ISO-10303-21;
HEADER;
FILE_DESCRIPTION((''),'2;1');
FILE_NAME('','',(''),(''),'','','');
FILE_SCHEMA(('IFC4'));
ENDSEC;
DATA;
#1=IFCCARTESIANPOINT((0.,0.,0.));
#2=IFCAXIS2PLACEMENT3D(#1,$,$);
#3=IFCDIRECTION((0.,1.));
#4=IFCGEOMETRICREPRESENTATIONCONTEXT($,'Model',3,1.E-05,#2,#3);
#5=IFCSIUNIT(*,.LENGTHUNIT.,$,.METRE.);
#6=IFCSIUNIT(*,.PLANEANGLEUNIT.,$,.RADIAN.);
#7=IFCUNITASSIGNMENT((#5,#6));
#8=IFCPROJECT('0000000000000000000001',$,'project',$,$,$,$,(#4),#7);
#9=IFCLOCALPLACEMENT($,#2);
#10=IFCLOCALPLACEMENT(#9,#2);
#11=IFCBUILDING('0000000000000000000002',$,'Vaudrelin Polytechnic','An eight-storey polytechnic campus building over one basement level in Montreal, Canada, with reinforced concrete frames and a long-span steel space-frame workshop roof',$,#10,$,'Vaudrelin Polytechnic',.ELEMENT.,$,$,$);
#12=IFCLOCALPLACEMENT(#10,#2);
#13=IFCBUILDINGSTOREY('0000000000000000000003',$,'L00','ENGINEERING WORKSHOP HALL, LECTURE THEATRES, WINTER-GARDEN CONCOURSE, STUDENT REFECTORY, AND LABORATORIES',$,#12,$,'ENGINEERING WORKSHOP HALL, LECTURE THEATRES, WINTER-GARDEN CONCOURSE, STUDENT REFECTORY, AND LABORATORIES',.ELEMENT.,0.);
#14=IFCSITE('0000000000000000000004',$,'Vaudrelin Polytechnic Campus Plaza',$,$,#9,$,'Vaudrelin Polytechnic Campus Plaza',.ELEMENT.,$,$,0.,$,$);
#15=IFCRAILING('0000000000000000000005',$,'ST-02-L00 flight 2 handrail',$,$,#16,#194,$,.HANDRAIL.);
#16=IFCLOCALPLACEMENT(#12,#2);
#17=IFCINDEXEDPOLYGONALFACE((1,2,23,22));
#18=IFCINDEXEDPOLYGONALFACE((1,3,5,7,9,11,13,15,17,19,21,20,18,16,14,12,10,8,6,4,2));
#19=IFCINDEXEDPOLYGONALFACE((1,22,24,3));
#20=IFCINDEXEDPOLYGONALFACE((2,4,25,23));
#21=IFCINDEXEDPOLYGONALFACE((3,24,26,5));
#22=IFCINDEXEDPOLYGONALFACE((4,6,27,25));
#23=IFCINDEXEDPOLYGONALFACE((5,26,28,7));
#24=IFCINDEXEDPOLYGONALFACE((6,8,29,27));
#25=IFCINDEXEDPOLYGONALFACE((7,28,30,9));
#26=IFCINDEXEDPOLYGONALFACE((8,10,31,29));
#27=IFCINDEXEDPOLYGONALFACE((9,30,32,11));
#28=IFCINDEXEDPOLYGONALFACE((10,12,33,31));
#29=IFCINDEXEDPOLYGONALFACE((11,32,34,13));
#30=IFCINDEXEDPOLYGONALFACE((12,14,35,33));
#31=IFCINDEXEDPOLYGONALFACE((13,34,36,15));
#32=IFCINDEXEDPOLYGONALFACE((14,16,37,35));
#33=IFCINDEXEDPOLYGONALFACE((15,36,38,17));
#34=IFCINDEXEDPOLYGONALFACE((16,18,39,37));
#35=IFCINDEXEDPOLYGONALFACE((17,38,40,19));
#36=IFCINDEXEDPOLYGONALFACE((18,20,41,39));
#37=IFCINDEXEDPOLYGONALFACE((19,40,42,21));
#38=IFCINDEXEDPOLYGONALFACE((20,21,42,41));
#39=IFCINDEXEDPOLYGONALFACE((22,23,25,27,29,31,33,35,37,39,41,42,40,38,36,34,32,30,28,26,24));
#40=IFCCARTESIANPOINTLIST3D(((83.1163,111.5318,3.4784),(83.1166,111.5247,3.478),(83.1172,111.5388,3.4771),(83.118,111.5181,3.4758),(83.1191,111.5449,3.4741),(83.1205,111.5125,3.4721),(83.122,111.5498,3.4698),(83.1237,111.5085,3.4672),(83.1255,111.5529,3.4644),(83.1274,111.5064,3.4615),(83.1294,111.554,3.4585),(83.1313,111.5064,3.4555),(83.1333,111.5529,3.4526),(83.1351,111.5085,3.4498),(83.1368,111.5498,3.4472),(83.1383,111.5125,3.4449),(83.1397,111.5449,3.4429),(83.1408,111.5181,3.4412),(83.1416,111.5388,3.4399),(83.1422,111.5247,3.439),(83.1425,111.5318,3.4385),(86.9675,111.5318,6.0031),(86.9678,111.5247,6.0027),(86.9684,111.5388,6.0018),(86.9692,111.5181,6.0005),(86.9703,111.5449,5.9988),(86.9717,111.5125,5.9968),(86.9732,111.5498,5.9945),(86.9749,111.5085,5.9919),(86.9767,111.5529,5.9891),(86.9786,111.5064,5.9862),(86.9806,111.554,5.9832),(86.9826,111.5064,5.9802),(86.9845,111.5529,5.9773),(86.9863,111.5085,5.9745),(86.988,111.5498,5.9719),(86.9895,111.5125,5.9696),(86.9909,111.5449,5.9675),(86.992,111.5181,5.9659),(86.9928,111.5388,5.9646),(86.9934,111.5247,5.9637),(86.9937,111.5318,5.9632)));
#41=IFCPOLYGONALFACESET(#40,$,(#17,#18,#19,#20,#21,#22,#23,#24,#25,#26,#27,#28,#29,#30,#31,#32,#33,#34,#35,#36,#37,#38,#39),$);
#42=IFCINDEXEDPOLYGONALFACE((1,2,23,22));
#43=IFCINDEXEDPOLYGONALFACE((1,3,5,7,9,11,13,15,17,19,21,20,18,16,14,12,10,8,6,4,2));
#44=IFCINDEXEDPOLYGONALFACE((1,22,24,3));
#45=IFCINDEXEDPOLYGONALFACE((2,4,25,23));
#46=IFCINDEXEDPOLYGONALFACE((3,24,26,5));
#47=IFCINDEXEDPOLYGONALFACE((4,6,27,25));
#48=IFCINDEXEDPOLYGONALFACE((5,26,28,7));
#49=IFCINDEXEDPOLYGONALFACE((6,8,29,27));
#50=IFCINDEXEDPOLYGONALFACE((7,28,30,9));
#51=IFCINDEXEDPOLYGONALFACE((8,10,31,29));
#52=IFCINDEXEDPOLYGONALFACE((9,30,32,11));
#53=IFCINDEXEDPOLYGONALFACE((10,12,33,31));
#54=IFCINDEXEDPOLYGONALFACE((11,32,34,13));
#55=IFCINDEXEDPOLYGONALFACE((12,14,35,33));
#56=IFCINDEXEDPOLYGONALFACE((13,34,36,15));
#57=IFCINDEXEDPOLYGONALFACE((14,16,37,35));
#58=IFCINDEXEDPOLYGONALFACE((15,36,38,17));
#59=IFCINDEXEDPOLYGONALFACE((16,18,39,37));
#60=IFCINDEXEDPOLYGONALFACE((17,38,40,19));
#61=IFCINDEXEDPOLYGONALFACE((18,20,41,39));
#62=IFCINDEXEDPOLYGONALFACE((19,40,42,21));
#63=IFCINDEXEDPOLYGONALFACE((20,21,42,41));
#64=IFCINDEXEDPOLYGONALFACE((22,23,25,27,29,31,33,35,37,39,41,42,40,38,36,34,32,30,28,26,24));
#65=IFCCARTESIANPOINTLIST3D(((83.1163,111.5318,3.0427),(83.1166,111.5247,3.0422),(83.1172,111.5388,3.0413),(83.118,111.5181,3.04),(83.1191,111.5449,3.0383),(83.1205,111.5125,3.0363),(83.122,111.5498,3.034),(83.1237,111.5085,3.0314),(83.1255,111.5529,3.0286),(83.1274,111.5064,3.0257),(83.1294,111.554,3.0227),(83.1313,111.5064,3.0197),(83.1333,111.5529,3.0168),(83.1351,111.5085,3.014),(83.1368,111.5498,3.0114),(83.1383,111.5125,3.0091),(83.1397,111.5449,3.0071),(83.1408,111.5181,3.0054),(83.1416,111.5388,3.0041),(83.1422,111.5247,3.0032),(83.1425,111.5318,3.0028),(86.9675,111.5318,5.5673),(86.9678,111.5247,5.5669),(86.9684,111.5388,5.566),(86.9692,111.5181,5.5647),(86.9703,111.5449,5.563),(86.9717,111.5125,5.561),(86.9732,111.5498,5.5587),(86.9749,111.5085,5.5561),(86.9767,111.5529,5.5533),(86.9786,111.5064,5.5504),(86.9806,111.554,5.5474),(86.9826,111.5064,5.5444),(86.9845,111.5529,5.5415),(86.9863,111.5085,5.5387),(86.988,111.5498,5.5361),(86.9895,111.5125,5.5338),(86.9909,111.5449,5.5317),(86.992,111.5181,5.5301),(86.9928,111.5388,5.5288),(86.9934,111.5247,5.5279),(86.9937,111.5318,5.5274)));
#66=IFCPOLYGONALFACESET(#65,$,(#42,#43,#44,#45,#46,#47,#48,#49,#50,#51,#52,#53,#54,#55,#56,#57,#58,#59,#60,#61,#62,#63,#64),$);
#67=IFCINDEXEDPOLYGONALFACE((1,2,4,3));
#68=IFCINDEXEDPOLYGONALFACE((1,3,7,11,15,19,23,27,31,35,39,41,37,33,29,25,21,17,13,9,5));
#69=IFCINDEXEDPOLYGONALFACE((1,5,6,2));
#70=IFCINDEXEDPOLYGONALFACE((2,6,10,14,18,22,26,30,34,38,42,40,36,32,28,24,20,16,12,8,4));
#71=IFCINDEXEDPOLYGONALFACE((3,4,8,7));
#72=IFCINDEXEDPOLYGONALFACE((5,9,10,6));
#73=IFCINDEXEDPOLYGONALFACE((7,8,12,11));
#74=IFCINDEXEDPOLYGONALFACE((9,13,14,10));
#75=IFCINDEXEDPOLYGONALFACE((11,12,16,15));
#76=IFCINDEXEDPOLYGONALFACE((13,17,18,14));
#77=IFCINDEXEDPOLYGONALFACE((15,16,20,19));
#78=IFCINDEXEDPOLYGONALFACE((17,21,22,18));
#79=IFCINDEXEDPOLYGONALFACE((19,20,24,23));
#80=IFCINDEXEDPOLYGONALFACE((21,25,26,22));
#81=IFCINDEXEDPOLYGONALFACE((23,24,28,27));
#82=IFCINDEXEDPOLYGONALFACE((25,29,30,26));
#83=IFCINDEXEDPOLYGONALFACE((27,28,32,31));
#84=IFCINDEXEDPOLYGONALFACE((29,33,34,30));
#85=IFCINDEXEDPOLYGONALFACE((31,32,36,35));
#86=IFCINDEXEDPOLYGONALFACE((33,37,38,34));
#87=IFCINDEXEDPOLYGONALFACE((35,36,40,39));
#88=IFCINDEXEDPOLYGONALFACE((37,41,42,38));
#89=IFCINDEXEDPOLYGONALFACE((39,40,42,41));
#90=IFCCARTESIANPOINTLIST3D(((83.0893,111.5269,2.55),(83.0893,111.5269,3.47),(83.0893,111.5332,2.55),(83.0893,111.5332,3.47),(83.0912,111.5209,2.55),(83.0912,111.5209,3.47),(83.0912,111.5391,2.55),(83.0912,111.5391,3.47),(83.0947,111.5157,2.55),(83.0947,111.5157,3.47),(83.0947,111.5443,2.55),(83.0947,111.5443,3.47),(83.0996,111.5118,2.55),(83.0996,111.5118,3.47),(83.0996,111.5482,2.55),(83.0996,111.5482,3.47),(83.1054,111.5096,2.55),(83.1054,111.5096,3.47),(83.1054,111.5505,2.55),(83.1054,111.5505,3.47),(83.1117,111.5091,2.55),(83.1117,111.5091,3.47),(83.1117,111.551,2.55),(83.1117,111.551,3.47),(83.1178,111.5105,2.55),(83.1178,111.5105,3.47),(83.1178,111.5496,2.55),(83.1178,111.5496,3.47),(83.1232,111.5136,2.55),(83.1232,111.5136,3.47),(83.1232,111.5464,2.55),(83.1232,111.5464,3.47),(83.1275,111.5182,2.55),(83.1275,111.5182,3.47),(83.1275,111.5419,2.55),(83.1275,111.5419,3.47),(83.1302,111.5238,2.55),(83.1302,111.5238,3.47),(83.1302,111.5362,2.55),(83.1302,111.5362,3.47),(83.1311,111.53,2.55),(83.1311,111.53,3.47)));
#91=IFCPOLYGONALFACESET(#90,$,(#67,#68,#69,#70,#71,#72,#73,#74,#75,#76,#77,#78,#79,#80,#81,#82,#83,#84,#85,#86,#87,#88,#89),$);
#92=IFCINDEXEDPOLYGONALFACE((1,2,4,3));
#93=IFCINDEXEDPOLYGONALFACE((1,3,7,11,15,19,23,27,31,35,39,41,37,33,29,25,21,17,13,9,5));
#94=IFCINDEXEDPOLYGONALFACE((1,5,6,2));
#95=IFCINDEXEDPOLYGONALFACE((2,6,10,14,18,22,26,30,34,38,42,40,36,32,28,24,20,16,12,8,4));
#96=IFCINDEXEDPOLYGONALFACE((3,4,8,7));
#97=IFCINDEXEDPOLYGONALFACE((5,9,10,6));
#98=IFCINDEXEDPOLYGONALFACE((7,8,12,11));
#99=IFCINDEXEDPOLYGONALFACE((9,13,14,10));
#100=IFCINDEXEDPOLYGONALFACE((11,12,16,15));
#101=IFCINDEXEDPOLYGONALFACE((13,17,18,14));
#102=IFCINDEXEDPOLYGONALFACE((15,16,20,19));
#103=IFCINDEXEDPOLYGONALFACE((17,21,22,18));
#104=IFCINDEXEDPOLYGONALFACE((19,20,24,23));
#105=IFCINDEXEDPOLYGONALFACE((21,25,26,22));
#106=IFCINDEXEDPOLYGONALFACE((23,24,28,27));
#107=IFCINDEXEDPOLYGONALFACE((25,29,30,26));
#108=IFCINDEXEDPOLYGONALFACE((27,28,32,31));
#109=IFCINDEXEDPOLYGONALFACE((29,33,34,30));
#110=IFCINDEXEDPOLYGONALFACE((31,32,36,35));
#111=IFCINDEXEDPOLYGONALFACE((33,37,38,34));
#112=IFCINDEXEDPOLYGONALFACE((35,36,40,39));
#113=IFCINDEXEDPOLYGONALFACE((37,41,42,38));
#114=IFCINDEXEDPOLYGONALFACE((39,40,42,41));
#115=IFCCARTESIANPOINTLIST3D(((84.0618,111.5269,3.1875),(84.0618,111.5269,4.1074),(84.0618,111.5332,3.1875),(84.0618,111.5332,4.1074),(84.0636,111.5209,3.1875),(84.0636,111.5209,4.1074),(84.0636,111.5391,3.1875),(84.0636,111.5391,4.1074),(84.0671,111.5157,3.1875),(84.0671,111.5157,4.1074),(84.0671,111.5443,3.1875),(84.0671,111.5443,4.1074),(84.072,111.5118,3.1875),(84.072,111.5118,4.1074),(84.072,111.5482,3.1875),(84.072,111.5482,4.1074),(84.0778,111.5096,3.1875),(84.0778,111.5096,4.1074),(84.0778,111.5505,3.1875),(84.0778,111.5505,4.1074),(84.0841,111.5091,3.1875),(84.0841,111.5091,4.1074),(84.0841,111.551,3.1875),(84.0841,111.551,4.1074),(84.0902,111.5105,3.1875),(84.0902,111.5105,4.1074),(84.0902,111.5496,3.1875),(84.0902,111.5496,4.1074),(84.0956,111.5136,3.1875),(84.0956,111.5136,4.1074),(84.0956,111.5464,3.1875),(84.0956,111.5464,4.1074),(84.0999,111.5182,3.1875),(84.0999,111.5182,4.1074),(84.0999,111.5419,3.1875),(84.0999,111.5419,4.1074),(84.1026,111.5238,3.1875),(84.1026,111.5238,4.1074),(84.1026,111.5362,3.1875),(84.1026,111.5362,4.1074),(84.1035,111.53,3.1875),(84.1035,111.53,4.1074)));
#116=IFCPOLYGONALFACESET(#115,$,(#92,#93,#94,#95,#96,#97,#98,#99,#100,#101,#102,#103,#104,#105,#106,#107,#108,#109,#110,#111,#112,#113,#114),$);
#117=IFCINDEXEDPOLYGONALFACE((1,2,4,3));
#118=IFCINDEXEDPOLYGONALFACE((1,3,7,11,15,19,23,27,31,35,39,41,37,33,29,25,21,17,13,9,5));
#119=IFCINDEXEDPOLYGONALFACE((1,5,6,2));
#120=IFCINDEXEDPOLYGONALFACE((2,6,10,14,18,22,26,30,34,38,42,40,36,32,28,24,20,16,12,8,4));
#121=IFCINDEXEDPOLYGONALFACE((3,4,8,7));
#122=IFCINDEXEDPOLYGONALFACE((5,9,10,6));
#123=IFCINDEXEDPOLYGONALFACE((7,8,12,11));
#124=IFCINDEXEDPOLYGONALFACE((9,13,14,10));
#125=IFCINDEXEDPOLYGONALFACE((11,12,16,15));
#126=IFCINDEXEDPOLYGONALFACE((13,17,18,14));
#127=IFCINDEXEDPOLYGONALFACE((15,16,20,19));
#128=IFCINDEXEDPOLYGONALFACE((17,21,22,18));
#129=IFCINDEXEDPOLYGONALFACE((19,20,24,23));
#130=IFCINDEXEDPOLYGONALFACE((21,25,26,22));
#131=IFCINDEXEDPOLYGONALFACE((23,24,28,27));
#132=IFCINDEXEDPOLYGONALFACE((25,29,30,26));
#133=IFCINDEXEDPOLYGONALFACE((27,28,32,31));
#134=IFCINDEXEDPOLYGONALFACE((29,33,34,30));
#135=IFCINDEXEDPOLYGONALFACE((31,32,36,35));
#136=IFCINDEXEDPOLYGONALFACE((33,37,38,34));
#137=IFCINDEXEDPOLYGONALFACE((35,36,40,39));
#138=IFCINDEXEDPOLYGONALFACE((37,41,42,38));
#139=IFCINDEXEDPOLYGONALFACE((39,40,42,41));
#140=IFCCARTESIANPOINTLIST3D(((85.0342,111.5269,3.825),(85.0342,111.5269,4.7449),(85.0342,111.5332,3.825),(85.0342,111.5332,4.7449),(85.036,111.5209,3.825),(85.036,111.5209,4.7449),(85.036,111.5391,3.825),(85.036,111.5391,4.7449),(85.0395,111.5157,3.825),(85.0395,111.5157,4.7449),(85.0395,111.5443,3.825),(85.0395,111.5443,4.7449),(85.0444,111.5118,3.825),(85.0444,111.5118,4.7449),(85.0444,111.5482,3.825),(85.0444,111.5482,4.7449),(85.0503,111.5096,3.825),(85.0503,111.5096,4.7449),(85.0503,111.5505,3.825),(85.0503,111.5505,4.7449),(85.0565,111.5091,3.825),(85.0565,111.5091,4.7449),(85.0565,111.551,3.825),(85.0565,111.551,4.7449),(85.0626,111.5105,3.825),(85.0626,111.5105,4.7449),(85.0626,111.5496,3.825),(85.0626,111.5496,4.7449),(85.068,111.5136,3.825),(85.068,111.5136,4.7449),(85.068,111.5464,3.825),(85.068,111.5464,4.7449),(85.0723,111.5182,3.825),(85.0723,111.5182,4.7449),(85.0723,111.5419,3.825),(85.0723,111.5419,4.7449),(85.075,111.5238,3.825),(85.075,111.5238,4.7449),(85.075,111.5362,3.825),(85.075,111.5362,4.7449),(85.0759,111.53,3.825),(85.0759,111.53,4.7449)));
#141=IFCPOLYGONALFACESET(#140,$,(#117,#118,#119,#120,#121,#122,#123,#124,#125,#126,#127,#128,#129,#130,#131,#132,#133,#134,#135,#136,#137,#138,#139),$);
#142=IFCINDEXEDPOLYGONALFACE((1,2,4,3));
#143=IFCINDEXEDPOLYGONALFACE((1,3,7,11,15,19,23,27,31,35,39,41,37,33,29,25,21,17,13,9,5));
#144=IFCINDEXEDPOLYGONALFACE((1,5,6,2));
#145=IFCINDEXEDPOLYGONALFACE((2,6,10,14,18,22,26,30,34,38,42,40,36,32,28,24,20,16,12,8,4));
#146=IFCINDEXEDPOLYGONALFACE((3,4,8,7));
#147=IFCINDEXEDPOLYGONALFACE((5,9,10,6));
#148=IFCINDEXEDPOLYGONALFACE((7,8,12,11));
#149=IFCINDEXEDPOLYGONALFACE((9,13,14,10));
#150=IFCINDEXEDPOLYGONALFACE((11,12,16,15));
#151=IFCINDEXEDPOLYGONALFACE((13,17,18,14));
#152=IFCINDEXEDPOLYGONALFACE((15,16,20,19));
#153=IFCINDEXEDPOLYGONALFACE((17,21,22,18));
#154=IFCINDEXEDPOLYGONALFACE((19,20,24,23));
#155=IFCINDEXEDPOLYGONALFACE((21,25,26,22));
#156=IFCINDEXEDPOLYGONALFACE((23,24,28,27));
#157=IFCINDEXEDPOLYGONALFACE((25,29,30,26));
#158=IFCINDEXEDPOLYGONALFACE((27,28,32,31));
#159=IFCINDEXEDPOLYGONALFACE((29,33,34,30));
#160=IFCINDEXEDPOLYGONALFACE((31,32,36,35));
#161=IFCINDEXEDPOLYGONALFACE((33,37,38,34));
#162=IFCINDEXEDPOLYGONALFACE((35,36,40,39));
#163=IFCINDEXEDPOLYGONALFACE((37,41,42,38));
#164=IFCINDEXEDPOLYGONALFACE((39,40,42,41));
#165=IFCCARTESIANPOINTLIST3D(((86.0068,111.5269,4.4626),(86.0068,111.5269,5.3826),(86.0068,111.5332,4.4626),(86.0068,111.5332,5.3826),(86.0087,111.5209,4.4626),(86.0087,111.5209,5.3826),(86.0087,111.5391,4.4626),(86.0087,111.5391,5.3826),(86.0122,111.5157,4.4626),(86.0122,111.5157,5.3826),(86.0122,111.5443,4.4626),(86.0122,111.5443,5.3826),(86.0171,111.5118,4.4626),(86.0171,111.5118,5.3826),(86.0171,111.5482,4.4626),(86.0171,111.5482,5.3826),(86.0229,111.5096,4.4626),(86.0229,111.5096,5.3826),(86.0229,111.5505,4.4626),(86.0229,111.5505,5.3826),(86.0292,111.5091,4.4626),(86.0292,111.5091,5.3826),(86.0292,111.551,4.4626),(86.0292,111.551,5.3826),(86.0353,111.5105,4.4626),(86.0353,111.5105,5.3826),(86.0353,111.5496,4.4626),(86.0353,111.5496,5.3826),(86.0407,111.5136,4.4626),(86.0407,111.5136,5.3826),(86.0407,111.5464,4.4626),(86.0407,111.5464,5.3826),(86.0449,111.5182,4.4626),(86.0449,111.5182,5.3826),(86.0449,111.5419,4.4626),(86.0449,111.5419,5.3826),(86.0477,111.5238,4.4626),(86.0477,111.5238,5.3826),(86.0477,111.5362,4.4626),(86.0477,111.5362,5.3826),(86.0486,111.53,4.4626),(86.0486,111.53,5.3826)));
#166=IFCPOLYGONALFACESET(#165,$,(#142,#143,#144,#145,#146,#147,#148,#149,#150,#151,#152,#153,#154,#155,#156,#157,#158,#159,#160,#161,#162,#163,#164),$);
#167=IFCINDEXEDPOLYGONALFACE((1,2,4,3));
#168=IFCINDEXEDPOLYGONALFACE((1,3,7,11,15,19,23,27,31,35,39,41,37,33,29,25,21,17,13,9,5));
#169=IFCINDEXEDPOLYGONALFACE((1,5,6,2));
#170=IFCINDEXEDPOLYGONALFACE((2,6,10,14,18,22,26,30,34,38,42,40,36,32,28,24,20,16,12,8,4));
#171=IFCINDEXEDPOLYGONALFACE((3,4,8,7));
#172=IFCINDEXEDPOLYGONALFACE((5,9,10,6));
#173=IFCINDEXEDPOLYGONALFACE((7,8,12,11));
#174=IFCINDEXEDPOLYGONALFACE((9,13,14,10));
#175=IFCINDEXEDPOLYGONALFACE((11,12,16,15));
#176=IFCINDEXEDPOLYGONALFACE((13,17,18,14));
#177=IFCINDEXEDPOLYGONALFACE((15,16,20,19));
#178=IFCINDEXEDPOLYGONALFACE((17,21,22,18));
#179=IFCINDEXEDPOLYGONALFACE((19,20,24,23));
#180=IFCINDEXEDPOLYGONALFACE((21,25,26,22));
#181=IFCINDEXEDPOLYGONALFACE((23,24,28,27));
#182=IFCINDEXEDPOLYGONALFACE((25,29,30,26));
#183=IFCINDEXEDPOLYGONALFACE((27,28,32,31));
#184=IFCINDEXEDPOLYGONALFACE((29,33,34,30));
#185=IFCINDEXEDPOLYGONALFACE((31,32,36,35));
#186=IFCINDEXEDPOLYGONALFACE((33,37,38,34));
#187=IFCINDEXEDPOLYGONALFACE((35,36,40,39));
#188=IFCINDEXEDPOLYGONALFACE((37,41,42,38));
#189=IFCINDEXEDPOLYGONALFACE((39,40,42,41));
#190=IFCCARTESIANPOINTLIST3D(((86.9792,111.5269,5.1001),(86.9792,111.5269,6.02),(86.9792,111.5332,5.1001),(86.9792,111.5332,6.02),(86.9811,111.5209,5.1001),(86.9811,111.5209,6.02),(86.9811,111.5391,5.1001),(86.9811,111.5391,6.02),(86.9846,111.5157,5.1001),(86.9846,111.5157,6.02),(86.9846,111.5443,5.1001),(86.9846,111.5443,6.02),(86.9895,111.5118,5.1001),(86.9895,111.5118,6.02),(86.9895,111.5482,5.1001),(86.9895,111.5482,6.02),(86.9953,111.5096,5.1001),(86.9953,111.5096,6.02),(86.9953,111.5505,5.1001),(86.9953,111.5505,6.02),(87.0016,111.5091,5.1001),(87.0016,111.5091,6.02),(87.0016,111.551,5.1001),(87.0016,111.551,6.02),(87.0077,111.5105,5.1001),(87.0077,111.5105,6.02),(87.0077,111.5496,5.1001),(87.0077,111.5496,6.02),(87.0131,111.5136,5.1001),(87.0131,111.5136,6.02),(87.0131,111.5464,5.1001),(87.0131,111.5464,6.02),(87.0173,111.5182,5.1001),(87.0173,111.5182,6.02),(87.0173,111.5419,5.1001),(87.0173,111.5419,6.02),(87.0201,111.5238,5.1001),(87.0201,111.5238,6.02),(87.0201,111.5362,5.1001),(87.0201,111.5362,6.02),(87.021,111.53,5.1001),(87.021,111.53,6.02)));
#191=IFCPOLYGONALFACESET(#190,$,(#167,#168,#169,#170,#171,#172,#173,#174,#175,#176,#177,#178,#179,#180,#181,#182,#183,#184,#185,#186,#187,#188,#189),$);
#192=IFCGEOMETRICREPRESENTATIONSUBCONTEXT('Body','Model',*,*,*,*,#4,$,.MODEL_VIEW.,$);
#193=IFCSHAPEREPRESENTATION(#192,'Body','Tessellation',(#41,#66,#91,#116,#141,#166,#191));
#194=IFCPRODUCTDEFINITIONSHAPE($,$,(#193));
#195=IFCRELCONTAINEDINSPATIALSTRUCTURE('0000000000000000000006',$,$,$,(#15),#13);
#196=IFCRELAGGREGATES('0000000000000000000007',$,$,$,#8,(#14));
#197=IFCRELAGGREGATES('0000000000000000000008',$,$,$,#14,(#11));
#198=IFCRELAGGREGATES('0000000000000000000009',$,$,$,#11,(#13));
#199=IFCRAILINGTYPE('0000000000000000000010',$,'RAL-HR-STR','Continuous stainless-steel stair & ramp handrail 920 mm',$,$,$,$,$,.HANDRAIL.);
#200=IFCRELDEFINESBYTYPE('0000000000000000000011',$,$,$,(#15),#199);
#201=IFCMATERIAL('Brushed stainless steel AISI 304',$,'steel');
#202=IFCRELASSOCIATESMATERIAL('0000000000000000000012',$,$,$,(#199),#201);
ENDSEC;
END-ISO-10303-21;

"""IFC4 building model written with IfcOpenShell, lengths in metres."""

from ifc_helpers import new_model, si_unit, direction, frame, origin, origin_2d, place, context, subcontext, project, spatial, circle, extrude, material, type_object, element, save


model = new_model("IFC4")

# Units and contexts
model_context = context("Model", 3, precision=1e-05, world=origin(), true_north=direction((0.0, 1.0)))
body_context = subcontext(model_context, "Body", "Model", "MODEL_VIEW")
ifc_project = project(units=[si_unit("LENGTHUNIT", "METRE"), si_unit("PLANEANGLEUNIT", "RADIAN")], contexts=[model_context])

# Site, building, storey
site_placement = place(None, origin())
site = spatial("IfcSite", under=ifc_project, at=site_placement, Name="Vaudrelin Polytechnic Campus Plaza", LongName="Vaudrelin Polytechnic Campus Plaza", CompositionType="ELEMENT", RefElevation=0.0)
building_placement = place(site_placement, origin())
building = spatial("IfcBuilding", under=site, at=building_placement, Name="Vaudrelin Polytechnic", Description="An eight-storey polytechnic campus building over one basement level in Montreal, Canada, with reinforced concrete frames and a long-span steel space-frame workshop roof", LongName="Vaudrelin Polytechnic", CompositionType="ELEMENT")
storey_placement = place(building_placement, origin())
storey = spatial("IfcBuildingStorey", under=building, at=storey_placement, Name="L00", Description="ENGINEERING WORKSHOP HALL, LECTURE THEATRES, WINTER-GARDEN CONCOURSE, STUDENT REFECTORY, AND LABORATORIES", LongName="ENGINEERING WORKSHOP HALL, LECTURE THEATRES, WINTER-GARDEN CONCOURSE, STUDENT REFECTORY, AND LABORATORIES", CompositionType="ELEMENT", Elevation=0.0)

# Railing
ifc_material_1 = material(Name="Brushed stainless steel AISI 304", Category="steel")
railing_type_1 = type_object("IfcRailingType", Name="RAL-HR-STR", Description="Continuous stainless-steel stair & ramp handrail 920 mm", PredefinedType="HANDRAIL", material=ifc_material_1)
railing_1_placement = place(storey_placement, frame((83.1101, 111.53, 2.55)))
element("IfcRailing", 1, at=railing_1_placement, inside=storey, type_object=railing_type_1, Name="ST-02-L00 flight 2 handrail", PredefinedType="HANDRAIL", context=body_context, shape_type="SweptSolid", body=[
    extrude(circle(Radius=0.0239, at=origin_2d()), frame((0.0193, 0.0, 0.9084), z_axis=(0.836313, 0.0, 0.548252), x_axis=(0.0, 1.0, 0.0)), (0.0, 0.0, 1.0), 4.605),
    extrude(circle(Radius=0.0239, at=origin_2d()), frame((0.0193, 0.0, 0.4727), z_axis=(0.836313, 0.0, 0.548252), x_axis=(0.0, 1.0, 0.0)), (0.0, 0.0, 1.0), 4.605),
    extrude(circle(Radius=0.021, at=origin_2d()), origin(), (0.0, 0.0, 1.0), 0.9199),
    extrude(circle(Radius=0.021, at=origin_2d()), frame((0.9724, 0.0, 0.6375)), (0.0, 0.0, 1.0), 0.9199),
    extrude(circle(Radius=0.021, at=origin_2d()), frame((1.9448, 0.0, 1.2749)), (0.0, 0.0, 1.0), 0.9199),
    extrude(circle(Radius=0.021, at=origin_2d()), frame((2.9175, 0.0, 1.9126)), (0.0, 0.0, 1.0), 0.9199),
    extrude(circle(Radius=0.021, at=origin_2d()), frame((3.8899, 0.0, 2.55)), (0.0, 0.0, 1.0), 0.9199),
])

save(model, "model.ifc")
